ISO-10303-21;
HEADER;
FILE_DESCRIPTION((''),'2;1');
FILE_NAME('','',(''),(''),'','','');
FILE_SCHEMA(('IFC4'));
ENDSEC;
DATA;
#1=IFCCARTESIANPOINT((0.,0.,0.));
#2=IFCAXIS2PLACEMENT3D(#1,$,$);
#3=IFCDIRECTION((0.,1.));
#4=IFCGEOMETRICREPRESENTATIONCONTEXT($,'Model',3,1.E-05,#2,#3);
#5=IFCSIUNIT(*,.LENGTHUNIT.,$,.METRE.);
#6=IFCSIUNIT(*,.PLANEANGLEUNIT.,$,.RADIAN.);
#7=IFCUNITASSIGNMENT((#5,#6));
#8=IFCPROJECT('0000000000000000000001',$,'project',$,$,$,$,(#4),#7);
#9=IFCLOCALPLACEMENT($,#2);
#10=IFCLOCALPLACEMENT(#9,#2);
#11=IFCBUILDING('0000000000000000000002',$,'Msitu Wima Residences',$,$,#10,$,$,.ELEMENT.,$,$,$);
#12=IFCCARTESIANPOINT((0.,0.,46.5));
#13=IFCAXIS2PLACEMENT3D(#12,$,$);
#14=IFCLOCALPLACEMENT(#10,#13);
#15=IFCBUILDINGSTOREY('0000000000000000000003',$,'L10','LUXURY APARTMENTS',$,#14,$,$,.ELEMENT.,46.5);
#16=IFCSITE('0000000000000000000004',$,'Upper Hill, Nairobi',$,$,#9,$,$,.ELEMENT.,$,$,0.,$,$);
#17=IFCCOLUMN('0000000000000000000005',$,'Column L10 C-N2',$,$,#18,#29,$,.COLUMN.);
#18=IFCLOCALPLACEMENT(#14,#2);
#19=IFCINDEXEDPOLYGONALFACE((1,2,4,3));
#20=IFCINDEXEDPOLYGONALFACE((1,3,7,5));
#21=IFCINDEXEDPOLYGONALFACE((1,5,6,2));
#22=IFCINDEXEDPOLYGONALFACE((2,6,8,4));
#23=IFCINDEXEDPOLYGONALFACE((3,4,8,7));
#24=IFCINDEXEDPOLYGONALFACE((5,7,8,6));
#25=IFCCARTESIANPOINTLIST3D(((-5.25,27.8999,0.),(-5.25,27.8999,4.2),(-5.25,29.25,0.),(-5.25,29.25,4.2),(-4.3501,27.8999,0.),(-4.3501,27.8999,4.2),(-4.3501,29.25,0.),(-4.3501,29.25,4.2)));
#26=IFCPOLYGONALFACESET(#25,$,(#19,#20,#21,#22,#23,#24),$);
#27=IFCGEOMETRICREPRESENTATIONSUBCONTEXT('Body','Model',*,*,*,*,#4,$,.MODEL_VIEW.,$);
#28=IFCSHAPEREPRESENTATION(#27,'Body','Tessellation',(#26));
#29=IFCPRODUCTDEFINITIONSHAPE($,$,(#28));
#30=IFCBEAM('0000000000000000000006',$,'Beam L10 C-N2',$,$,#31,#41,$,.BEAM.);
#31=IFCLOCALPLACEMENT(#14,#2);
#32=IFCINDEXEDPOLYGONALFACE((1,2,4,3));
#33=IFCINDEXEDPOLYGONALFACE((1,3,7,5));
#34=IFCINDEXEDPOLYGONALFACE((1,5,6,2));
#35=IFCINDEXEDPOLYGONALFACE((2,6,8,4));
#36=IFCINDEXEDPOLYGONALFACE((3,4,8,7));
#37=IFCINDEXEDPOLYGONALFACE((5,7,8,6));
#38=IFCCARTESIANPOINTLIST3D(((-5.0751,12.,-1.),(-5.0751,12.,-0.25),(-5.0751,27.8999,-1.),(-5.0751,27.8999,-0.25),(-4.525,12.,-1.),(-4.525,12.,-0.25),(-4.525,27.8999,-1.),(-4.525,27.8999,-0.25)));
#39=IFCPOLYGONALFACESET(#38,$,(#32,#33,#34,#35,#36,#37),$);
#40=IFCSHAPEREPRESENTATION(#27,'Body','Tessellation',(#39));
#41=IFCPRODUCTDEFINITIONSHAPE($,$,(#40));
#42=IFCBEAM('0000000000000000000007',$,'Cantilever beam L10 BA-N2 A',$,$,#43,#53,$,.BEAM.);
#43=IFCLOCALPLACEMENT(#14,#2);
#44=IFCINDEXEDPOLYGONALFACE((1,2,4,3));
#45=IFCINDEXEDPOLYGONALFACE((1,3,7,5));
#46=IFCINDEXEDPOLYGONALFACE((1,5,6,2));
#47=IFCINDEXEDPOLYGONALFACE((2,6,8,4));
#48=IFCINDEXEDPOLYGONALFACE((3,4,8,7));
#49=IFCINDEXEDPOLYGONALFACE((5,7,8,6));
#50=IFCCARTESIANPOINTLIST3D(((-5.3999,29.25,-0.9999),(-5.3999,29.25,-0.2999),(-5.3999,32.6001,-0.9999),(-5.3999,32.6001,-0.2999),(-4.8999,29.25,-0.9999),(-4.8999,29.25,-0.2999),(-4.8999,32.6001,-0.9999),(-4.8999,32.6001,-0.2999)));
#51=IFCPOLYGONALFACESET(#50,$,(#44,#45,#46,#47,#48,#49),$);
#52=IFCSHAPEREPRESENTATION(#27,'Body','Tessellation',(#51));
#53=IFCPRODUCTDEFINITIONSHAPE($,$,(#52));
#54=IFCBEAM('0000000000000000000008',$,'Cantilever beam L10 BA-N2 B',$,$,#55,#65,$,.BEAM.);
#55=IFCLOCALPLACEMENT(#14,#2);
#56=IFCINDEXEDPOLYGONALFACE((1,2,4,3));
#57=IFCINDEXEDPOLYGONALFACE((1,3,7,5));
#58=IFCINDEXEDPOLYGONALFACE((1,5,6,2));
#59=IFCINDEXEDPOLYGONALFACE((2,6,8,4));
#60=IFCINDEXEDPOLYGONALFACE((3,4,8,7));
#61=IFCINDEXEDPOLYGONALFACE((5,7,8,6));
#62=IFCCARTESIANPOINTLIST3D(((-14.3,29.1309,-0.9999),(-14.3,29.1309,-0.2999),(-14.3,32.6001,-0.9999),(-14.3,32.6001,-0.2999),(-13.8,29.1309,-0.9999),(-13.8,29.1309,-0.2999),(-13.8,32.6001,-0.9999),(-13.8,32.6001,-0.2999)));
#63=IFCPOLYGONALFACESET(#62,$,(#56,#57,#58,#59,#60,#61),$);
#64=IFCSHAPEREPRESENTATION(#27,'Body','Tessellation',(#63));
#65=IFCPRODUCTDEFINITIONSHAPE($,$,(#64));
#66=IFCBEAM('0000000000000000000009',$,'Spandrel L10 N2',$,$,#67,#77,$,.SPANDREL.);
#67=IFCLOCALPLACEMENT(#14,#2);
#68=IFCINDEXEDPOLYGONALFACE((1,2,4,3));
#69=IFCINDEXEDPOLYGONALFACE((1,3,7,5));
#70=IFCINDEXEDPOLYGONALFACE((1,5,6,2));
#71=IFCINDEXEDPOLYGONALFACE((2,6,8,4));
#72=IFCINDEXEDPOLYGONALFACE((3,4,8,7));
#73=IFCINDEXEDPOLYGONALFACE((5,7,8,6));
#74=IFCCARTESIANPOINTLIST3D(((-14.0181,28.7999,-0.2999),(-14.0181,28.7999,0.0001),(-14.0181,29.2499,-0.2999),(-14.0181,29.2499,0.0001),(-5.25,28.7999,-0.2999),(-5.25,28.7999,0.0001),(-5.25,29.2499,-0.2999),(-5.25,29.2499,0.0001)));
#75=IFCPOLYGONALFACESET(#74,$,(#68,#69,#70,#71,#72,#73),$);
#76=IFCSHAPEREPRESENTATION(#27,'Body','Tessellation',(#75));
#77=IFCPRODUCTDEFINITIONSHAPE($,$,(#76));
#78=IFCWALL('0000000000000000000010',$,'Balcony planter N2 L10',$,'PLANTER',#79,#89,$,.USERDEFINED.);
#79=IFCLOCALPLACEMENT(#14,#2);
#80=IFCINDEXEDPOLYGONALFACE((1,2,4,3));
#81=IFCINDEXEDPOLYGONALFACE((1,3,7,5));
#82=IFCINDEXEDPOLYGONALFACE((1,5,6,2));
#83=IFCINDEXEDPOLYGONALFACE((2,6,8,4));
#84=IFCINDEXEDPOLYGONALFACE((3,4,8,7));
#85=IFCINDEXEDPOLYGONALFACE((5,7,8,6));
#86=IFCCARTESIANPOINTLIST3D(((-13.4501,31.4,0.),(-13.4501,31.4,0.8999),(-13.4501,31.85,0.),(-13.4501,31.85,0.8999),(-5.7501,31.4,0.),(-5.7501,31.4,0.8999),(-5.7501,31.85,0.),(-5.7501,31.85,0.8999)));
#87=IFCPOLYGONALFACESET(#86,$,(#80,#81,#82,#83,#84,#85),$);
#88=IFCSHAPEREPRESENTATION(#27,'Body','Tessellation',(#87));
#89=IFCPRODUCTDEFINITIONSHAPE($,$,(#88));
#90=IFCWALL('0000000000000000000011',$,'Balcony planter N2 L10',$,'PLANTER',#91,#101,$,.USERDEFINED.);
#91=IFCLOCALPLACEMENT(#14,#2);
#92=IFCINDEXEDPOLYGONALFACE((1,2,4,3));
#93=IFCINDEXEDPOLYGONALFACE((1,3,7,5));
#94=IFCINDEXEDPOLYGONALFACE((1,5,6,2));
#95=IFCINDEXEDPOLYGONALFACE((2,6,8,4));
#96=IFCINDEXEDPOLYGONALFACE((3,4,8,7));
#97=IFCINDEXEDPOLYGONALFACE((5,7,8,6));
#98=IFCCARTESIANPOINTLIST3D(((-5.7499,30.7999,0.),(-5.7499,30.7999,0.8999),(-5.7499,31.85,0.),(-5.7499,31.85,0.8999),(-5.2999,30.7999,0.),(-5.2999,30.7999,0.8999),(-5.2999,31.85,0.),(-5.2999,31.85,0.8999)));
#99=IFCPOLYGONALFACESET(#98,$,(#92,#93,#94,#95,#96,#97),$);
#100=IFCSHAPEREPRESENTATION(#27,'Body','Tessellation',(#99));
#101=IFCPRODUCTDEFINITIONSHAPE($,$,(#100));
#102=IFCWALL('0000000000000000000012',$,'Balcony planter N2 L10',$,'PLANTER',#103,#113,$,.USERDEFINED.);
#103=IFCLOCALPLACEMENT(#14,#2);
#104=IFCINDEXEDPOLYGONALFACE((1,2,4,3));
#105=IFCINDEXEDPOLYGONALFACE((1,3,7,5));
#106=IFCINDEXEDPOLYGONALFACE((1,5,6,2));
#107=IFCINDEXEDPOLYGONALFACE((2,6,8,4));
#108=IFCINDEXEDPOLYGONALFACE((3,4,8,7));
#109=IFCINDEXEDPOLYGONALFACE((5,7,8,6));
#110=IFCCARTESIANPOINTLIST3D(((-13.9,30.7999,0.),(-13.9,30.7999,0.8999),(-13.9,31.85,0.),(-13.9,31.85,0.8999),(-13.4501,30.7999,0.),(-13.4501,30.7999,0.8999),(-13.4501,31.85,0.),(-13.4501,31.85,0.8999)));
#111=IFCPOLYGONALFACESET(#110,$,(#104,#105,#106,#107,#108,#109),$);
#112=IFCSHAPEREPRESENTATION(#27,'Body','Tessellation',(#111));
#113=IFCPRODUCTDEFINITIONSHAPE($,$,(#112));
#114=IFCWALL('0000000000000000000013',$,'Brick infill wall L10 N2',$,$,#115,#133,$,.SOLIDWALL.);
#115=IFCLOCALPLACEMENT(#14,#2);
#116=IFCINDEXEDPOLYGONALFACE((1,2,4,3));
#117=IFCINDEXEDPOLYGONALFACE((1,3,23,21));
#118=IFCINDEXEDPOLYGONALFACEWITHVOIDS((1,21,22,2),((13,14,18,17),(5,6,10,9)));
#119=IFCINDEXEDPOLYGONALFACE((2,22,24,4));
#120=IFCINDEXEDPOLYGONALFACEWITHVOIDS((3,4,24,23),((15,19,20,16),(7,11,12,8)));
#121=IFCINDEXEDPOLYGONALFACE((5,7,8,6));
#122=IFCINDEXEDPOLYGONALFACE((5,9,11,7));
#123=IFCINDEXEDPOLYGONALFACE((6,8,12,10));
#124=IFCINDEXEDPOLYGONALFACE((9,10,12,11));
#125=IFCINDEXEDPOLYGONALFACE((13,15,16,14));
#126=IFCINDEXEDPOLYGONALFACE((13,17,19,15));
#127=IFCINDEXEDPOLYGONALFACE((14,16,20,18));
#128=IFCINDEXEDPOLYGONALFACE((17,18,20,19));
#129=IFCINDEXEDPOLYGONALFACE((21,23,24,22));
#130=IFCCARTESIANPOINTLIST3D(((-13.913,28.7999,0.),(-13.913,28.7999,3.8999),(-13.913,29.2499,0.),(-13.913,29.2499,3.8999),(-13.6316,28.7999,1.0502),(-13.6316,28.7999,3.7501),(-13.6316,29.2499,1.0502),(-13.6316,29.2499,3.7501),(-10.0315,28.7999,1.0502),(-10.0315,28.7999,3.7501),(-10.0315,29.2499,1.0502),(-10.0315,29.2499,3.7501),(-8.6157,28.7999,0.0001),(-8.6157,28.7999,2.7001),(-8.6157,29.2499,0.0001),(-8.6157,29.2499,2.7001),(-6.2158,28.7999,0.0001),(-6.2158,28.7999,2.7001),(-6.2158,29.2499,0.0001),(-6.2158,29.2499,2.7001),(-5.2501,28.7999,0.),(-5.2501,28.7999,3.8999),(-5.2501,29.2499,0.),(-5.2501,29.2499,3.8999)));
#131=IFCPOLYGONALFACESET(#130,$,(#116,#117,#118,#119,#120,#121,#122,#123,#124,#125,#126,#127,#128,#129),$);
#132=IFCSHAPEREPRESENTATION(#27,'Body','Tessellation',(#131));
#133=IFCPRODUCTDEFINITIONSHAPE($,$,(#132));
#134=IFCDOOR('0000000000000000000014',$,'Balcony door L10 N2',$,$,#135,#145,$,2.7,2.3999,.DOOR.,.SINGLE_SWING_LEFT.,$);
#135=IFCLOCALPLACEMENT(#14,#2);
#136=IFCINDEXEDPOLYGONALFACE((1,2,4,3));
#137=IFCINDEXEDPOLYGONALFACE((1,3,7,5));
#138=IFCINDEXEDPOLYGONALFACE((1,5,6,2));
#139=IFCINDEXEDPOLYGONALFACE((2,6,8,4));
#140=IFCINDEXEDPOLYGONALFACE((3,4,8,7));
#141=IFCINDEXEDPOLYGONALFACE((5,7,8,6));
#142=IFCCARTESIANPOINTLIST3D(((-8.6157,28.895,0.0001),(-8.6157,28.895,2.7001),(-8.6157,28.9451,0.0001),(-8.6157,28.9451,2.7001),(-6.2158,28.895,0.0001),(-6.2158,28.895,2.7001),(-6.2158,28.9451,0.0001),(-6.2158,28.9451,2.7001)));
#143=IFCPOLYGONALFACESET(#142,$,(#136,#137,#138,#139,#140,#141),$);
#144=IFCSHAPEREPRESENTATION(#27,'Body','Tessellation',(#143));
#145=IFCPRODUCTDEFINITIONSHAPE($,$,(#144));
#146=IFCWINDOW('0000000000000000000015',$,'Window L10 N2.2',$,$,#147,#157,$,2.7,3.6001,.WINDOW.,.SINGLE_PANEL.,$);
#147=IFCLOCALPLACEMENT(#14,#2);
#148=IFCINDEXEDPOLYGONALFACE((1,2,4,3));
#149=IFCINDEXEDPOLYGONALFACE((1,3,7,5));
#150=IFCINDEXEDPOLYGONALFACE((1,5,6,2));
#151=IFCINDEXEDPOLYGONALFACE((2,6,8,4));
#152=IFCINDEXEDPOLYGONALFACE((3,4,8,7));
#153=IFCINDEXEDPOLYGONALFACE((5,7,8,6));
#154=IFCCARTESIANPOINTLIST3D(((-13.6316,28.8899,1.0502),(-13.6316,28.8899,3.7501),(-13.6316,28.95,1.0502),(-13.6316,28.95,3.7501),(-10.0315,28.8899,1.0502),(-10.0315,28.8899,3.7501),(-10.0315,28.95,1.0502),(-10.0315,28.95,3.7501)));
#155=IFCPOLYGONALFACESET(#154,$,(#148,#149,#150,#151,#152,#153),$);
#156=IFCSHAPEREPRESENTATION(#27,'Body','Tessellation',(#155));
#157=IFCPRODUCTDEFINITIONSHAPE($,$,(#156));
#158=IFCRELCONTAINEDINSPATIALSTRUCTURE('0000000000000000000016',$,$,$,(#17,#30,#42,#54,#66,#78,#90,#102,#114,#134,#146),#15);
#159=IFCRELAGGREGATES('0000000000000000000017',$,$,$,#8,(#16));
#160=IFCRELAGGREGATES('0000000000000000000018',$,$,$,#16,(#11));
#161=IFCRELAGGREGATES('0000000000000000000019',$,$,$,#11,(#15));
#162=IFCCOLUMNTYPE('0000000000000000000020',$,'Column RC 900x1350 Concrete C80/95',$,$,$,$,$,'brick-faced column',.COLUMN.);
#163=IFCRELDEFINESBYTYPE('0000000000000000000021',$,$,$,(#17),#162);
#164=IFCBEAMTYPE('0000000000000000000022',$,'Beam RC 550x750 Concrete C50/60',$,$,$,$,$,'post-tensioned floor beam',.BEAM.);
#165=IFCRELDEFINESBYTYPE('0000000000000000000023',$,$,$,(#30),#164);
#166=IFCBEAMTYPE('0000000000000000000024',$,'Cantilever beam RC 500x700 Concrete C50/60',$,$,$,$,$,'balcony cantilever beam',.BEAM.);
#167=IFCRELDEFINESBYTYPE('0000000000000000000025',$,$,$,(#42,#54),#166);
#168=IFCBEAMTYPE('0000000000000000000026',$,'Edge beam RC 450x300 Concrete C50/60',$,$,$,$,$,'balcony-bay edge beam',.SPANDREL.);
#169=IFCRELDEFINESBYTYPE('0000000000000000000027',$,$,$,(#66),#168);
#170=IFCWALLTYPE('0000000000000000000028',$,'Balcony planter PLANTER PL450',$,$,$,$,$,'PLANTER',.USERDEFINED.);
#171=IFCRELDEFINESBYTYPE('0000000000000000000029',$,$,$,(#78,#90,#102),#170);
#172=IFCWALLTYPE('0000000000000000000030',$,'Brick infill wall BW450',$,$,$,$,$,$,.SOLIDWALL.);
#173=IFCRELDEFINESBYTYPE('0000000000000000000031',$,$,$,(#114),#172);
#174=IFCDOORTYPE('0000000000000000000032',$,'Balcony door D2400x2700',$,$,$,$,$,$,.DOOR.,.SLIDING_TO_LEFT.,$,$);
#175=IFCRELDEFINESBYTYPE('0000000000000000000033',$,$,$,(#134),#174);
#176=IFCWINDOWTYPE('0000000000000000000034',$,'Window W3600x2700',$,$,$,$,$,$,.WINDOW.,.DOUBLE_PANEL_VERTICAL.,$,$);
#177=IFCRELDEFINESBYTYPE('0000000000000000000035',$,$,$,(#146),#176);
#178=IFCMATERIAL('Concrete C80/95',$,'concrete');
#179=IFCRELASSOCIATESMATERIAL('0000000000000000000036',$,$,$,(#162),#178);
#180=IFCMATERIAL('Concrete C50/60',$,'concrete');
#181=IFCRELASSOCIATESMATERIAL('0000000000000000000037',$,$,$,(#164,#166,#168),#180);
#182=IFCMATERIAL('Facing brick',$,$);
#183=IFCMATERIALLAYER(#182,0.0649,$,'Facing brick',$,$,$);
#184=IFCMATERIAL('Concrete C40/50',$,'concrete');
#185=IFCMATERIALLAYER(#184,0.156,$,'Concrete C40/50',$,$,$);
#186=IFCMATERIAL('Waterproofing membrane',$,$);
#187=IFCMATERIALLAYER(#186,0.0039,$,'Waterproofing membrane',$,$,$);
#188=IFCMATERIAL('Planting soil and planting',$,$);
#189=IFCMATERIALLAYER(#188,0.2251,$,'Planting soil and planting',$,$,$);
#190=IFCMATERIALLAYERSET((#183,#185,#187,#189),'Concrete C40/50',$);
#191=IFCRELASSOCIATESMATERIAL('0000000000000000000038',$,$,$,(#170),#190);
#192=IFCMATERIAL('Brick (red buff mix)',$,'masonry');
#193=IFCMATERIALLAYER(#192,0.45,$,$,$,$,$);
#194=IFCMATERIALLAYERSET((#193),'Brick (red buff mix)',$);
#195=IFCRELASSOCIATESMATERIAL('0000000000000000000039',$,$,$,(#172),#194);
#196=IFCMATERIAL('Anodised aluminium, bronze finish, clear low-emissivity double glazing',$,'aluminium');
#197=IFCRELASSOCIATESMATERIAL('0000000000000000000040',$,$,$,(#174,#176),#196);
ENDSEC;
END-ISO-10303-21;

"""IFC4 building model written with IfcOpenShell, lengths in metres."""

from ifc_helpers import new_model, si_unit, direction, frame, frame_2d, origin, origin_2d, place, context, subcontext, project, spatial, rectangle, extrude, material, layer, layer_set, material_profile, profile_set, type_object, element, fill, save


model = new_model("IFC4")

# Units and contexts
model_context = context("Model", 3, precision=1e-05, world=origin(), true_north=direction((0.0, 1.0)))
body_context = subcontext(model_context, "Body", "Model", "MODEL_VIEW")
ifc_project = project(units=[si_unit("LENGTHUNIT", "METRE"), si_unit("PLANEANGLEUNIT", "RADIAN")], contexts=[model_context])

# Site, building, storey
site_placement = place(None, origin())
site = spatial("IfcSite", under=ifc_project, at=site_placement, Name="Upper Hill, Nairobi", CompositionType="ELEMENT", RefElevation=0.0)
building_placement = place(site_placement, origin())
building = spatial("IfcBuilding", under=site, at=building_placement, Name="Msitu Wima Residences", CompositionType="ELEMENT")
storey_placement = place(building_placement, frame((0.0, 0.0, 46.5)))
storey = spatial("IfcBuildingStorey", under=building, at=storey_placement, Name="L10", Description="LUXURY APARTMENTS", CompositionType="ELEMENT", Elevation=46.5)

# Column
ifc_material_1 = material(Name="Concrete C80/95", Category="concrete")
ifc_material_profile_1 = material_profile(ifc_material_1, rectangle(XDim=0.8999, YDim=1.3501, at=origin_2d()), Name="RC 900x1350")
ifc_profile_set_1 = profile_set([ifc_material_profile_1], Name="Concrete C80/95")
column_type = type_object("IfcColumnType", Name="Column RC 900x1350 Concrete C80/95", ElementType="brick-faced column", PredefinedType="COLUMN", material=ifc_profile_set_1)
column_placement = place(storey_placement, frame((-4.8, 28.575, 0.0), z_axis=(0.0, 0.0, 1.0), x_axis=(-1.0, 0.0, 0.0)))
element("IfcColumn", 1, at=column_placement, inside=storey, type_object=column_type, Name="Column L10 C-N2", PredefinedType="COLUMN", context=body_context, shape_type="SweptSolid", body=[
    extrude(rectangle(XDim=0.8999, YDim=1.3501, at=origin_2d()), origin(), (0.0, 0.0, 1.0), 4.2),
])

# Beams
ifc_material_2 = material(Name="Concrete C50/60", Category="concrete")
ifc_material_profile_2 = material_profile(ifc_material_2, rectangle(XDim=0.55, YDim=0.75, at=origin_2d()), Name="RC 550x750")
ifc_profile_set_2 = profile_set([ifc_material_profile_2], Name="Concrete C50/60")
beam_type_1 = type_object("IfcBeamType", Name="Beam RC 550x750 Concrete C50/60", ElementType="post-tensioned floor beam", PredefinedType="BEAM", material=ifc_profile_set_2)
beam_1_placement = place(storey_placement, frame((-4.8, 27.8999, -0.625), z_axis=(0.0, -1.0, 0.0), x_axis=(1.0, 0.0, 0.0)))
element("IfcBeam", 2, at=beam_1_placement, inside=storey, type_object=beam_type_1, Name="Beam L10 C-N2", PredefinedType="BEAM", context=body_context, shape_type="SweptSolid", body=[
    extrude(rectangle(XDim=0.55, YDim=0.75, at=origin_2d()), origin(), (0.0, 0.0, 1.0), 15.8999),
])
ifc_material_profile_3 = material_profile(ifc_material_2, rectangle(XDim=0.5, YDim=0.7, at=origin_2d()), Name="RC 500x700")
ifc_profile_set_3 = profile_set([ifc_material_profile_3], Name="Concrete C50/60")
beam_type_2 = type_object("IfcBeamType", Name="Cantilever beam RC 500x700 Concrete C50/60", ElementType="balcony cantilever beam", PredefinedType="BEAM", material=ifc_profile_set_3)
beam_2_placement = place(storey_placement, frame((-5.1499, 29.25, -0.6499), z_axis=(0.0, 1.0, 0.0), x_axis=(-1.0, 0.0, 0.0)))
element("IfcBeam", 3, at=beam_2_placement, inside=storey, type_object=beam_type_2, Name="Cantilever beam L10 BA-N2 A", PredefinedType="BEAM", context=body_context, shape_type="SweptSolid", body=[
    extrude(rectangle(XDim=0.5, YDim=0.7, at=origin_2d()), origin(), (0.0, 0.0, 1.0), 3.3501),
])
beam_3_placement = place(storey_placement, frame((-14.05, 29.1309, -0.6499), z_axis=(0.0, 1.0, 0.0), x_axis=(-1.0, 0.0, 0.0)))
element("IfcBeam", 4, at=beam_3_placement, inside=storey, type_object=beam_type_2, Name="Cantilever beam L10 BA-N2 B", PredefinedType="BEAM", context=body_context, shape_type="SweptSolid", body=[
    extrude(rectangle(XDim=0.5, YDim=0.7, at=origin_2d()), origin(), (0.0, 0.0, 1.0), 3.4692),
])
ifc_material_profile_4 = material_profile(ifc_material_2, rectangle(XDim=0.45, YDim=0.3, at=origin_2d()), Name="RC 450x300")
ifc_profile_set_4 = profile_set([ifc_material_profile_4], Name="Concrete C50/60")
beam_type_3 = type_object("IfcBeamType", Name="Edge beam RC 450x300 Concrete C50/60", ElementType="balcony-bay edge beam", PredefinedType="SPANDREL", material=ifc_profile_set_4)
beam_4_placement = place(storey_placement, frame((-5.25, 29.0249, -0.1499), z_axis=(-1.0, 0.0, 0.0), x_axis=(0.0, -1.0, 0.0)))
element("IfcBeam", 5, at=beam_4_placement, inside=storey, type_object=beam_type_3, Name="Spandrel L10 N2", PredefinedType="SPANDREL", context=body_context, shape_type="SweptSolid", body=[
    extrude(rectangle(XDim=0.45, YDim=0.3, at=origin_2d()), origin(), (0.0, 0.0, 1.0), 8.7681),
])

# Walls
ifc_material_3 = material(Name="Facing brick")
ifc_layer_1 = layer(ifc_material_3, 0.0649, Name="Facing brick")
ifc_material_4 = material(Name="Concrete C40/50", Category="concrete")
ifc_layer_2 = layer(ifc_material_4, 0.156, Name="Concrete C40/50")
ifc_material_5 = material(Name="Waterproofing membrane")
ifc_layer_3 = layer(ifc_material_5, 0.0039, Name="Waterproofing membrane")
ifc_material_6 = material(Name="Planting soil and planting")
ifc_layer_4 = layer(ifc_material_6, 0.2251, Name="Planting soil and planting")
ifc_layer_set_1 = layer_set([ifc_layer_1, ifc_layer_2, ifc_layer_3, ifc_layer_4], Name="Concrete C40/50")
wall_type_1 = type_object("IfcWallType", Name="Balcony planter PLANTER PL450", ElementType="PLANTER", PredefinedType="USERDEFINED", material=ifc_layer_set_1)
wall_1_placement = place(storey_placement, frame((-5.75, 31.625, 0.0), z_axis=(0.0, 0.0, 1.0), x_axis=(-1.0, 0.0, 0.0)))
element("IfcWall", 6, at=wall_1_placement, inside=storey, type_object=wall_type_1, Name="Balcony planter N2 L10", ObjectType="PLANTER", PredefinedType="USERDEFINED", context=body_context, shape_type="SweptSolid", body=[
    extrude(rectangle(XDim=7.7, YDim=0.45, at=frame_2d((3.8501, 0.0))), origin(), (0.0, 0.0, 1.0), 0.8999),
])
for number, where, z_axis, x_axis, name in (
    (7, (-5.5249, 30.8, 0.0), (0.0, 0.0, 1.0), (0.0, 1.0, 0.0), "Balcony planter N2 L10"),
    (8, (-13.675, 30.8, 0.0), (0.0, 0.0, 1.0), (0.0, 1.0, 0.0), "Balcony planter N2 L10"),
):
    element("IfcWall", number, at=place(storey_placement, frame(where, z_axis=z_axis, x_axis=x_axis)), inside=storey, type_object=wall_type_1, Name=name, ObjectType="PLANTER", PredefinedType="USERDEFINED", context=body_context, shape_type="SweptSolid", body=[
        extrude(rectangle(XDim=1.05, YDim=0.45, at=frame_2d((0.5249, 0.0))), origin(), (0.0, 0.0, 1.0), 0.8999),
    ])

# Wall, openings, door, window
ifc_material_7 = material(Name="Brick (red buff mix)", Category="masonry")
ifc_layer_5 = layer(ifc_material_7, 0.45)
ifc_layer_set_2 = layer_set([ifc_layer_5], Name="Brick (red buff mix)")
wall_type_2 = type_object("IfcWallType", Name="Brick infill wall BW450", PredefinedType="SOLIDWALL", material=ifc_layer_set_2)
wall_2_placement = place(storey_placement, frame((-5.25, 29.0249, 0.0), z_axis=(0.0, 0.0, 1.0), x_axis=(-1.0, 0.0, 0.0)))
wall_2 = element("IfcWall", 9, at=wall_2_placement, inside=storey, type_object=wall_type_2, Name="Brick infill wall L10 N2", PredefinedType="SOLIDWALL", context=body_context, shape_type="SweptSolid", body=[
    extrude(rectangle(XDim=8.6628, YDim=0.45, at=frame_2d((4.3315, 0.0))), origin(), (0.0, 0.0, 1.0), 3.8999),
])
opening_1_placement = place(wall_2_placement, frame((0.9658, 0.0, 0.0)))
opening_1 = element("IfcOpeningElement", 10, at=opening_1_placement, cuts=wall_2, PredefinedType="OPENING", context=body_context, shape_type="SweptSolid", body=[
    extrude(rectangle(XDim=2.3999, YDim=2.7, at=frame_2d((1.2, 1.3501))), frame((0.0, 0.2349, 0.0), z_axis=(0.0, -1.0, 0.0), x_axis=(1.0, 0.0, 0.0)), (0.0, 0.0, 1.0), 0.47),
])
opening_2_placement = place(wall_2_placement, frame((4.7815, 0.0, 1.05)))
opening_2 = element("IfcOpeningElement", 11, at=opening_2_placement, cuts=wall_2, PredefinedType="OPENING", context=body_context, shape_type="SweptSolid", body=[
    extrude(rectangle(XDim=3.6001, YDim=2.7, at=frame_2d((1.8, 1.3501))), frame((0.0, 0.2349, 0.0), z_axis=(0.0, -1.0, 0.0), x_axis=(1.0, 0.0, 0.0)), (0.0, 0.0, 1.0), 0.47),
])
ifc_material_8 = material(Name="Anodised aluminium, bronze finish, clear low-emissivity double glazing", Category="aluminium")
door_type_1 = type_object("IfcDoorType", Name="Balcony door D2400x2700", OperationType="SLIDING_TO_LEFT", PredefinedType="DOOR", material=ifc_material_8)
door_1_placement = place(opening_1_placement, origin())
door_1 = element("IfcDoor", 12, at=door_1_placement, inside=storey, type_object=door_type_1, Name="Balcony door L10 N2", OperationType="SINGLE_SWING_LEFT", OverallHeight=2.7, OverallWidth=2.3999, PredefinedType="DOOR", context=body_context, shape_type="SweptSolid", body=[
    extrude(rectangle(XDim=2.3999, YDim=2.7, at=frame_2d((1.2, 1.3501))), frame((0.0, 0.1299, 0.0), z_axis=(0.0, -1.0, 0.0), x_axis=(1.0, 0.0, 0.0)), (0.0, 0.0, 1.0), 0.05),
])
fill(opening_1, door_1)
window_type = type_object("IfcWindowType", Name="Window W3600x2700", PartitioningType="DOUBLE_PANEL_VERTICAL", PredefinedType="WINDOW", material=ifc_material_8)
window_placement = place(opening_2_placement, origin())
window = element("IfcWindow", 13, at=window_placement, inside=storey, type_object=window_type, Name="Window L10 N2.2", OverallHeight=2.7, OverallWidth=3.6001, PartitioningType="SINGLE_PANEL", PredefinedType="WINDOW", context=body_context, shape_type="SweptSolid", body=[
    extrude(rectangle(XDim=3.6001, YDim=2.7, at=frame_2d((1.8, 1.3501))), frame((0.0, 0.135, 0.0), z_axis=(0.0, -1.0, 0.0), x_axis=(1.0, 0.0, 0.0)), (0.0, 0.0, 1.0), 0.0601),
])
fill(opening_2, window)

save(model, "model.ifc")
